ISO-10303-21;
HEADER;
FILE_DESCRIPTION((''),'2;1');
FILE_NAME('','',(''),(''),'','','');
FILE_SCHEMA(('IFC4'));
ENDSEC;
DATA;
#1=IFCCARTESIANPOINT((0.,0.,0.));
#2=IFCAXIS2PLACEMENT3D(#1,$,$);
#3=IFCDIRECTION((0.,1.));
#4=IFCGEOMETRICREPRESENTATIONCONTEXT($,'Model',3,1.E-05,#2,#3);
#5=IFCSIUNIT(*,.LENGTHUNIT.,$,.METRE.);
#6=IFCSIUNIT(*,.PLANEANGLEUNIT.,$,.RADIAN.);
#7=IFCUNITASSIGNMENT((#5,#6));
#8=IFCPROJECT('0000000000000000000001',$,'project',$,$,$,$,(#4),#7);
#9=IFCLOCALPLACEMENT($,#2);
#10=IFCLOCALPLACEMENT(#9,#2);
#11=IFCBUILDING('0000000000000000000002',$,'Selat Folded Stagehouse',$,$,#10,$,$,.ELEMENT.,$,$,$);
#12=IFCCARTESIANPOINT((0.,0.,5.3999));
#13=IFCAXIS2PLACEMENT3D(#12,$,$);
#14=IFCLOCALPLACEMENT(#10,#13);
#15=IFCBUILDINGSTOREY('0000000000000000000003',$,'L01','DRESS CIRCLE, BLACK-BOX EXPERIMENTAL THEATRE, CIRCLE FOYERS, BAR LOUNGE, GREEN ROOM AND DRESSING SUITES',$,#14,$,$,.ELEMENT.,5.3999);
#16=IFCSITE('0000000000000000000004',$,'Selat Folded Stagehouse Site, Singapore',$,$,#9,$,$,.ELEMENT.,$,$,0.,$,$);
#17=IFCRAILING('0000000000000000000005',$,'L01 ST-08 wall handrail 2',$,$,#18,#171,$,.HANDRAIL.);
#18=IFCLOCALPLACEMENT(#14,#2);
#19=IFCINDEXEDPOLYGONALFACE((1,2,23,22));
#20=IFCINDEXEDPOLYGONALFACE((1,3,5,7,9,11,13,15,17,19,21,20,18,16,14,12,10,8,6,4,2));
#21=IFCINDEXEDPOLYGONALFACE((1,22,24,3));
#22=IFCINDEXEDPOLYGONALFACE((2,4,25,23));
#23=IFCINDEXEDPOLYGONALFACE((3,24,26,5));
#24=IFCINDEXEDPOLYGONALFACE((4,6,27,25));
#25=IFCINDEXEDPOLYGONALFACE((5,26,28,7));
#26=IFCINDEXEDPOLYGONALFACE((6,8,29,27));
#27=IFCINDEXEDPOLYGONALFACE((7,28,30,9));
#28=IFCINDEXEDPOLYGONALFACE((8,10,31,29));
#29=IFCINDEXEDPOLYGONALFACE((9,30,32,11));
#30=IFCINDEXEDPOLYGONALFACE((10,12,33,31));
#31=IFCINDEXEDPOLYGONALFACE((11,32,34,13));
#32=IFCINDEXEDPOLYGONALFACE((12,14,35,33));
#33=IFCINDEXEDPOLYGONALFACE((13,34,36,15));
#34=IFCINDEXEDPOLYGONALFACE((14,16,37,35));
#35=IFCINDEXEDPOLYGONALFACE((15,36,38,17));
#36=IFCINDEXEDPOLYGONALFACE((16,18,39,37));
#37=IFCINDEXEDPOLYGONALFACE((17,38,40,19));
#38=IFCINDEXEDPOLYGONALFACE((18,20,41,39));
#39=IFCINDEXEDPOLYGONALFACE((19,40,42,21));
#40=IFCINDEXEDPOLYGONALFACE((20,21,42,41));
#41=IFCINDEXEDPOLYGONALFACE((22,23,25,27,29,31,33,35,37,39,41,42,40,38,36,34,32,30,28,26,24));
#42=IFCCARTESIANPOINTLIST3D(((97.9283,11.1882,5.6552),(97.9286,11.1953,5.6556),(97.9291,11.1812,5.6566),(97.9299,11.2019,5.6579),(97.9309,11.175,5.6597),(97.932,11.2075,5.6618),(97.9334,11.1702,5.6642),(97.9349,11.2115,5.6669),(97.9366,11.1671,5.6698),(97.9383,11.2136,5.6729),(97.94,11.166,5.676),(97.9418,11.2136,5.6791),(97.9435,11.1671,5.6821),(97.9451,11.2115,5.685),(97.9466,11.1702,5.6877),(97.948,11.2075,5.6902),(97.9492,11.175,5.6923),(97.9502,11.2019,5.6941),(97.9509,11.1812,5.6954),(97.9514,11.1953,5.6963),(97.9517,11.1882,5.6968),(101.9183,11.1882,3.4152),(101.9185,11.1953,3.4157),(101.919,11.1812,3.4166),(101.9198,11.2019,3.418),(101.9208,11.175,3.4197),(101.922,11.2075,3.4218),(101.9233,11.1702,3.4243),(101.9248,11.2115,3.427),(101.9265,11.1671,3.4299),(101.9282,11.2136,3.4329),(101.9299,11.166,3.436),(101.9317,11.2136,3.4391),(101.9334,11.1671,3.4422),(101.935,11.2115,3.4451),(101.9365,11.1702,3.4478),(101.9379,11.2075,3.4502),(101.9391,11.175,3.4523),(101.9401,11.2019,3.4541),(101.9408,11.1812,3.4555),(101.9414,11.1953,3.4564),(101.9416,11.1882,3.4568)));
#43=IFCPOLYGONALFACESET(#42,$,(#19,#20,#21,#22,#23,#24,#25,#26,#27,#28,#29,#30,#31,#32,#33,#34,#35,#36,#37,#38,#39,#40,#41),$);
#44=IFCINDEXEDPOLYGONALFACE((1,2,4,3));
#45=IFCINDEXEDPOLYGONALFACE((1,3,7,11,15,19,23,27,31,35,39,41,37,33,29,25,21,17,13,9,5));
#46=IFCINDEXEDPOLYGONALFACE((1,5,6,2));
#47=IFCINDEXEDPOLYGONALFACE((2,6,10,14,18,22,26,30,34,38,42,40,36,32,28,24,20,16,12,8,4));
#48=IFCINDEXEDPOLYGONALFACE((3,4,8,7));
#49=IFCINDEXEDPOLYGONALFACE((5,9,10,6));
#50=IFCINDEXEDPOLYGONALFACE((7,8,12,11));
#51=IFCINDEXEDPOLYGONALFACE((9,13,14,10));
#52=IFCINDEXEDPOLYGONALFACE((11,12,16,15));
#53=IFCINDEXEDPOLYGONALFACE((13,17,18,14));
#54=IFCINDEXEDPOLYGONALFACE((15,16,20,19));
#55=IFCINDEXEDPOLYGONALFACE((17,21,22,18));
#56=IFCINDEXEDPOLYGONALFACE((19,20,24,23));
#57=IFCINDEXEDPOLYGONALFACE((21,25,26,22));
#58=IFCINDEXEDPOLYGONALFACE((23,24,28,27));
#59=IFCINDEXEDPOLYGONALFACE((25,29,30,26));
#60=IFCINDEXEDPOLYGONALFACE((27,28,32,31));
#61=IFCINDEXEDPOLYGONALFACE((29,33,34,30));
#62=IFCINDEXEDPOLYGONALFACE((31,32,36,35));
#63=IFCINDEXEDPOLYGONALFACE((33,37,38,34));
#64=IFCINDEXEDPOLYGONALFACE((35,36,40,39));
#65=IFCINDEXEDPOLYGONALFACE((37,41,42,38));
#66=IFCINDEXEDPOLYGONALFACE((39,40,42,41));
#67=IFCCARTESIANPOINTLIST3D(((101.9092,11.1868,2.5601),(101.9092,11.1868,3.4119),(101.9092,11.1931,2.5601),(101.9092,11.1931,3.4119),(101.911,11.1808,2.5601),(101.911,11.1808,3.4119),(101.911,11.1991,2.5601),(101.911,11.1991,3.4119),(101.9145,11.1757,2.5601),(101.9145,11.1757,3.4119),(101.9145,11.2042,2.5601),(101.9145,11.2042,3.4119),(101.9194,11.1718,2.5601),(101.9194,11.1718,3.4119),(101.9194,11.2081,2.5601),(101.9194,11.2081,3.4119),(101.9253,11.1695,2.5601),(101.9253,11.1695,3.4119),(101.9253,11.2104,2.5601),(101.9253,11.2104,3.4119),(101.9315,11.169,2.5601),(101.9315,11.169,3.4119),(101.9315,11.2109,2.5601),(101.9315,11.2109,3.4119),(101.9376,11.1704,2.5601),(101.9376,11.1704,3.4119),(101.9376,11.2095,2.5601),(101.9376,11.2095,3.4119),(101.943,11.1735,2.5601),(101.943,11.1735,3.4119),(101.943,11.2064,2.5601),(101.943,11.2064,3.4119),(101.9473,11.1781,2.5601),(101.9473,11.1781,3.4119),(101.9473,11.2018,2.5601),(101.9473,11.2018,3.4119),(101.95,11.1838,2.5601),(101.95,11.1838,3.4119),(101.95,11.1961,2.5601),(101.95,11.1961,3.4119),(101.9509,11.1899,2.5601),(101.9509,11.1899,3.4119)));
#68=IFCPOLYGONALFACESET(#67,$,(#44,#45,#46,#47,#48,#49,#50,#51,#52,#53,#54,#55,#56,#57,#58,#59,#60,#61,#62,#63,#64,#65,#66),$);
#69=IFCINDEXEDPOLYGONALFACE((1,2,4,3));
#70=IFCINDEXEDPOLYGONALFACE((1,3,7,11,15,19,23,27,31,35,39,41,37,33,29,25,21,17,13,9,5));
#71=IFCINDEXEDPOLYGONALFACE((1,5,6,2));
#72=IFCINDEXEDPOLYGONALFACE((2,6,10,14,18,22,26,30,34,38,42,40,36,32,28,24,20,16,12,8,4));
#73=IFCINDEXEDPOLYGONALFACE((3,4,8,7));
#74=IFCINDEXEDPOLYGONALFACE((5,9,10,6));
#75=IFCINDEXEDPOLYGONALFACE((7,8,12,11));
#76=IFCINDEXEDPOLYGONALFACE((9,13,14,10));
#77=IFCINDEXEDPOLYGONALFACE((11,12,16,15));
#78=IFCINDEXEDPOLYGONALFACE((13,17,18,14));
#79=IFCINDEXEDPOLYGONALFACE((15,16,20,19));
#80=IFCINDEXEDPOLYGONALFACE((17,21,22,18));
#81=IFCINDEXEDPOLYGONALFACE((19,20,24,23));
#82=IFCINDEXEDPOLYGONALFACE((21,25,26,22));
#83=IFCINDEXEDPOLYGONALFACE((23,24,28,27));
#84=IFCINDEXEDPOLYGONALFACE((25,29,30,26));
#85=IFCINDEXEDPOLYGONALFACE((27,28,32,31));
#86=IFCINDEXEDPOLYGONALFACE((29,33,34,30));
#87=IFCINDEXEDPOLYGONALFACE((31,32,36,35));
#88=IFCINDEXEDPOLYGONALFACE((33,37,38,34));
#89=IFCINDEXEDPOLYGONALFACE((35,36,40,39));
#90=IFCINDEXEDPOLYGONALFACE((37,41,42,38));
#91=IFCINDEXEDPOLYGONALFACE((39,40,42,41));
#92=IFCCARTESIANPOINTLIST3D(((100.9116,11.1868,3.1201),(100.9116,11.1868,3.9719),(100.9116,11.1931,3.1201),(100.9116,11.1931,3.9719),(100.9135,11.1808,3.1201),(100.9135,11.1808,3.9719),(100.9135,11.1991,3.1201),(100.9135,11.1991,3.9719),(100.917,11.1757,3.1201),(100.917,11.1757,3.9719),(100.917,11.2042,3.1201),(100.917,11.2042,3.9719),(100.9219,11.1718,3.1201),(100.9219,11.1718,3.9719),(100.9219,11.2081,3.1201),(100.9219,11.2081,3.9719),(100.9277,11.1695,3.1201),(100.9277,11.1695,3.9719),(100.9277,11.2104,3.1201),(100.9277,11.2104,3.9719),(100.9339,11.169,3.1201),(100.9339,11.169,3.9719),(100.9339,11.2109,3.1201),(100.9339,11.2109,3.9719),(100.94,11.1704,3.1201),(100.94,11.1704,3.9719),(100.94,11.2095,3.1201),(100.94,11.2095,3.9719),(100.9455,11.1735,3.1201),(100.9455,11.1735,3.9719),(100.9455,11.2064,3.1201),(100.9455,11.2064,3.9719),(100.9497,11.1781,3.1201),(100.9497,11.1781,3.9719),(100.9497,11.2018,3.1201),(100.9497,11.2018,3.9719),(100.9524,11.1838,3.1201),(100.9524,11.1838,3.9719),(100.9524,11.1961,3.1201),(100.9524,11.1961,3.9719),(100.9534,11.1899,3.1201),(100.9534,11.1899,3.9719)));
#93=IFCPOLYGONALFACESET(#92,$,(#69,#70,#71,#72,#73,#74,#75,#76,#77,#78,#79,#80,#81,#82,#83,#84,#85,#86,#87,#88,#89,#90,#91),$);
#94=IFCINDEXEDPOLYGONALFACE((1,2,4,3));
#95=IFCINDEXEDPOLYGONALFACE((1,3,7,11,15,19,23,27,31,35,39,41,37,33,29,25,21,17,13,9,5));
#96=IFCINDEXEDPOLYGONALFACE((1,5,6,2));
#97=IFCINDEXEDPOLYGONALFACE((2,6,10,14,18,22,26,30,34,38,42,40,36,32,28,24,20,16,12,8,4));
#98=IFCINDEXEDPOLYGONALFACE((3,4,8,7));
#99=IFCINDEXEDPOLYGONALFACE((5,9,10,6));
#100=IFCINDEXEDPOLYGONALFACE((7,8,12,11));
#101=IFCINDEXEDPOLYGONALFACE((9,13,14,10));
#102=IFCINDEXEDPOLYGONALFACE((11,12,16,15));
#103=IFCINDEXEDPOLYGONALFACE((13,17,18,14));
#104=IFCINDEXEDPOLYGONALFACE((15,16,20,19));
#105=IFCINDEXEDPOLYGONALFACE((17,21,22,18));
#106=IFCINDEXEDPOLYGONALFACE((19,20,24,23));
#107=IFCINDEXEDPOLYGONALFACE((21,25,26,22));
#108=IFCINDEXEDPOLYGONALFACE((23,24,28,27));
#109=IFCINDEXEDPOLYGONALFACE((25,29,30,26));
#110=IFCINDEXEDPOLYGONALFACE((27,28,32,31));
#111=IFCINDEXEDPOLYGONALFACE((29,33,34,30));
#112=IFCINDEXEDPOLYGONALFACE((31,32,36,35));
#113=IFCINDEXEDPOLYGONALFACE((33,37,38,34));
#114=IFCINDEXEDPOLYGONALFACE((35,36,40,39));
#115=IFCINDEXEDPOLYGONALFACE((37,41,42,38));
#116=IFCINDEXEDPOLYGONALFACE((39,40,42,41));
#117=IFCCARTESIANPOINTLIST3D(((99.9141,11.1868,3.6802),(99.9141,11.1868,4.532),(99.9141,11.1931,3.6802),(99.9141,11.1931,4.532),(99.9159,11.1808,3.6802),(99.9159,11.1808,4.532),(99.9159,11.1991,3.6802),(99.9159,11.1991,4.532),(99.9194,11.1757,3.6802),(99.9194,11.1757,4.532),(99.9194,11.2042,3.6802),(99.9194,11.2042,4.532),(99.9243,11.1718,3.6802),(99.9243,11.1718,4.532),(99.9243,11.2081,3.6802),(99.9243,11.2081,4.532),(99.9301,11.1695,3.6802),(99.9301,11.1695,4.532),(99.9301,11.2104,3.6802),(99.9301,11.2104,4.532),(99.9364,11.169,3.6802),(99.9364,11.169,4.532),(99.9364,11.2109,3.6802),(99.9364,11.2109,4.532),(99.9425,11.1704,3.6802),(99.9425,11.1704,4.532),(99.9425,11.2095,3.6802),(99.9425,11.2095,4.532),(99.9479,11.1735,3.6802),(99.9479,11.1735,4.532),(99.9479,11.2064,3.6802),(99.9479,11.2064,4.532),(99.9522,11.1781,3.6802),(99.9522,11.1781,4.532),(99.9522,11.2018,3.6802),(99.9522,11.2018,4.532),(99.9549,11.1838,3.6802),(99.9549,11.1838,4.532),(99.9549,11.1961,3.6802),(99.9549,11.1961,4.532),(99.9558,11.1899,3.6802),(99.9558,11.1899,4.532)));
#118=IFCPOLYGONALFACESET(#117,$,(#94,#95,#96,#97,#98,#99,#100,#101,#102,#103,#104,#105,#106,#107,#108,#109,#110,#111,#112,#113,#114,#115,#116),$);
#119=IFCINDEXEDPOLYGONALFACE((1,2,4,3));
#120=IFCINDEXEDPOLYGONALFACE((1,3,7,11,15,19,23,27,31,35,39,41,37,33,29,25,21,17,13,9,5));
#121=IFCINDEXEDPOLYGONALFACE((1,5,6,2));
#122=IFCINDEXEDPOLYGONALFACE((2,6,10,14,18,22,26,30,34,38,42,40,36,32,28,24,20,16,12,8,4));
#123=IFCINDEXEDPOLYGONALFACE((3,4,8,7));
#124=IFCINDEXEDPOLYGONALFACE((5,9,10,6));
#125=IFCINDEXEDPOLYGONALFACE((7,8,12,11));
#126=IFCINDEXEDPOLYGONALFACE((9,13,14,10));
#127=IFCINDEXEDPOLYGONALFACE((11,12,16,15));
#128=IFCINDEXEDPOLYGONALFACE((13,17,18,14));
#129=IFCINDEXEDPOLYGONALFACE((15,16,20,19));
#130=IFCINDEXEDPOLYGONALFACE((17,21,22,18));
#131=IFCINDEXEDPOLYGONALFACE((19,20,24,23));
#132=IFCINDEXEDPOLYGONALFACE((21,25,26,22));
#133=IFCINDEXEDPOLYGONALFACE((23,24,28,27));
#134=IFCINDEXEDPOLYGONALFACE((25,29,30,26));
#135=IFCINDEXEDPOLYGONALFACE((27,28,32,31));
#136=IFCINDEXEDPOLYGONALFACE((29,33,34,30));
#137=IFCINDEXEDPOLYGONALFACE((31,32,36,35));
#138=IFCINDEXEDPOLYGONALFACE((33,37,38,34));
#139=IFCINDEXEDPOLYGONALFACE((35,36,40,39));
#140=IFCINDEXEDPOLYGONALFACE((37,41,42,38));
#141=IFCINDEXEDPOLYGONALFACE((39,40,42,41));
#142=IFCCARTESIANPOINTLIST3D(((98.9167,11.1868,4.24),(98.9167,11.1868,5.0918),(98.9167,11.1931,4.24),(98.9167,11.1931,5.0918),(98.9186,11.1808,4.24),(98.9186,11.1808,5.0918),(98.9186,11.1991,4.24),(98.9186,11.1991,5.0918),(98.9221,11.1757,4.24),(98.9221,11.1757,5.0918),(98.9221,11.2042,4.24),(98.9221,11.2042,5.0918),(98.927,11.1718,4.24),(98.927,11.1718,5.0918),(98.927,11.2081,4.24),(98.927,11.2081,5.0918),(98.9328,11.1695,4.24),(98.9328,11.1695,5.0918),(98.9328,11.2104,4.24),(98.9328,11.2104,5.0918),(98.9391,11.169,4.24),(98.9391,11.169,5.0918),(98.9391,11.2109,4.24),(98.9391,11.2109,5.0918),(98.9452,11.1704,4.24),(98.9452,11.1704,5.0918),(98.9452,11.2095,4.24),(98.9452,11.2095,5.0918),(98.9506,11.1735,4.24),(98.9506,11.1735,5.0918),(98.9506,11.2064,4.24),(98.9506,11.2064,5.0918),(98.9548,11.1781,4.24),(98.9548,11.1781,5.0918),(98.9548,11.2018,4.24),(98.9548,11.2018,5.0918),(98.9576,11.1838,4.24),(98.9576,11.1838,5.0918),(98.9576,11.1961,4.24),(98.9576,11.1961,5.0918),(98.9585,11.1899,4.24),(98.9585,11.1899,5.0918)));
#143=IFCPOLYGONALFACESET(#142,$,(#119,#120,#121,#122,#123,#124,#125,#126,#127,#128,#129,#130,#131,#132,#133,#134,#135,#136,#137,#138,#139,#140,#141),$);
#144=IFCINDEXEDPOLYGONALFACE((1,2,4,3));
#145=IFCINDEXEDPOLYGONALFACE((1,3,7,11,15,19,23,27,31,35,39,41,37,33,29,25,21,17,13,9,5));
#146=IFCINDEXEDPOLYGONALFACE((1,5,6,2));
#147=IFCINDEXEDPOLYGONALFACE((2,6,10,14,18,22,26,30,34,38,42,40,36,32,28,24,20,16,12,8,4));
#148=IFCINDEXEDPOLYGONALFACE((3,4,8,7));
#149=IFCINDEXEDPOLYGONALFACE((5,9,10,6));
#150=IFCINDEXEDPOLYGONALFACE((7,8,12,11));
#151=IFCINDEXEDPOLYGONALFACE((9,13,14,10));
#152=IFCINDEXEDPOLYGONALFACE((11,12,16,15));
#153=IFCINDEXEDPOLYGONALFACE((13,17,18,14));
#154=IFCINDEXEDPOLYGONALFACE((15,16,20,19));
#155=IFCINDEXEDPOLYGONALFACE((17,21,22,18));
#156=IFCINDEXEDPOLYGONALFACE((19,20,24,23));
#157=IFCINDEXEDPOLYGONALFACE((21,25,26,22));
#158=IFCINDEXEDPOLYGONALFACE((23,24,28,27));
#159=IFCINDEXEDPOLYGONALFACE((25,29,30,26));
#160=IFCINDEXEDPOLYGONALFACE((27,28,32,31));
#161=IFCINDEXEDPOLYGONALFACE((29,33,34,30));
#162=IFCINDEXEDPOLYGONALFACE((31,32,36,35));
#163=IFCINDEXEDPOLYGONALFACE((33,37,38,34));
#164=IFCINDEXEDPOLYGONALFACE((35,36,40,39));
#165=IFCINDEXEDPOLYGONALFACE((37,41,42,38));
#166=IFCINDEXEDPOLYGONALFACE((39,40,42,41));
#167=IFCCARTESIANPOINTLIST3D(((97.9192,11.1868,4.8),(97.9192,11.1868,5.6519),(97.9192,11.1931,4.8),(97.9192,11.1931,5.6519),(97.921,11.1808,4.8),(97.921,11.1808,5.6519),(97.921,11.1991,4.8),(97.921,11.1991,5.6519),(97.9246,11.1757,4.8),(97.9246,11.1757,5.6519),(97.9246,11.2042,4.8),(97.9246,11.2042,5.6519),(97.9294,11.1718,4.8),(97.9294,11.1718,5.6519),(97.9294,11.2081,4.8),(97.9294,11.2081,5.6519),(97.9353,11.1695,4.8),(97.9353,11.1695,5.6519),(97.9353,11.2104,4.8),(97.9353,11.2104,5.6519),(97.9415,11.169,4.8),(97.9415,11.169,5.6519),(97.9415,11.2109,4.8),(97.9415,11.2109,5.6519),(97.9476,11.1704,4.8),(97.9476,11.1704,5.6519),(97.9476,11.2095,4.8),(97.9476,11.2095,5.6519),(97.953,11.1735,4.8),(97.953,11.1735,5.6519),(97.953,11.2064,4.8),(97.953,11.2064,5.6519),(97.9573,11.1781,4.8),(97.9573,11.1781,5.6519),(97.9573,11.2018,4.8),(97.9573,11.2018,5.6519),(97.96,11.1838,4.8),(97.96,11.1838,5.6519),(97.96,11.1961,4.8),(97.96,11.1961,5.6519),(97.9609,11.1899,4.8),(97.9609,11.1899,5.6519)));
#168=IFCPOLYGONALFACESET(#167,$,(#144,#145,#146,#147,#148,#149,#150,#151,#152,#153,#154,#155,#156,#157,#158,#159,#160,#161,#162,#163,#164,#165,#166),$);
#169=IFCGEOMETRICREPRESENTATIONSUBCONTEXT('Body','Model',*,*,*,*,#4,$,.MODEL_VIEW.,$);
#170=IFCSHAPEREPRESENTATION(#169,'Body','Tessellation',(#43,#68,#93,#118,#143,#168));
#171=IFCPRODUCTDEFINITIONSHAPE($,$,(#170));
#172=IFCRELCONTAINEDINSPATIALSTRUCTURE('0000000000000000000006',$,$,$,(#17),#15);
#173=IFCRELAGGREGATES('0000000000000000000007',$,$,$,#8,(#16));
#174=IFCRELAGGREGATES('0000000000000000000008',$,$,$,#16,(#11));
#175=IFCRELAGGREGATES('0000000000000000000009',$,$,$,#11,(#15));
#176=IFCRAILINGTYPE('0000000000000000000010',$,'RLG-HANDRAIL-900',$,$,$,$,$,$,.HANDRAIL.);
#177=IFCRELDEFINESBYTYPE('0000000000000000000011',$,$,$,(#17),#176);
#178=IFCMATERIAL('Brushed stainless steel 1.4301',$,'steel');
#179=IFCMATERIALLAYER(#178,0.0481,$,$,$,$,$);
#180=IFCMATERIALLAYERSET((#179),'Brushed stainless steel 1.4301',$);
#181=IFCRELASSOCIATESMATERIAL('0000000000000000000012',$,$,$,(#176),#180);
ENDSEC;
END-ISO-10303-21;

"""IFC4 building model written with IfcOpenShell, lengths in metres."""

from ifc_helpers import new_model, si_unit, direction, frame, origin, origin_2d, place, context, subcontext, project, spatial, circle, extrude, material, layer, layer_set, type_object, element, save


model = new_model("IFC4")

# Units and contexts
model_context = context("Model", 3, precision=1e-05, world=origin(), true_north=direction((0.0, 1.0)))
body_context = subcontext(model_context, "Body", "Model", "MODEL_VIEW")
ifc_project = project(units=[si_unit("LENGTHUNIT", "METRE"), si_unit("PLANEANGLEUNIT", "RADIAN")], contexts=[model_context])

# Site, building, storey
site_placement = place(None, origin())
site = spatial("IfcSite", under=ifc_project, at=site_placement, Name="Selat Folded Stagehouse Site, Singapore", CompositionType="ELEMENT", RefElevation=0.0)
building_placement = place(site_placement, origin())
building = spatial("IfcBuilding", under=site, at=building_placement, Name="Selat Folded Stagehouse", CompositionType="ELEMENT")
storey_placement = place(building_placement, frame((0.0, 0.0, 5.3999)))
storey = spatial("IfcBuildingStorey", under=building, at=storey_placement, Name="L01", Description="DRESS CIRCLE, BLACK-BOX EXPERIMENTAL THEATRE, CIRCLE FOYERS, BAR LOUNGE, GREEN ROOM AND DRESSING SUITES", CompositionType="ELEMENT", Elevation=5.3999)

# Railing
ifc_material_1 = material(Name="Brushed stainless steel 1.4301", Category="steel")
ifc_layer_1 = layer(ifc_material_1, 0.0481)
ifc_layer_set_1 = layer_set([ifc_layer_1], Name="Brushed stainless steel 1.4301")
railing_type_1 = type_object("IfcRailingType", Name="RLG-HANDRAIL-900", PredefinedType="HANDRAIL", material=ifc_layer_set_1)
railing_1_placement = place(storey_placement, frame((101.9299, 11.1899, 2.5601)))
element("IfcRailing", 1, at=railing_1_placement, inside=storey, type_object=railing_type_1, Name="L01 ST-08 wall handrail 2", PredefinedType="HANDRAIL", context=body_context, shape_type="SweptSolid", body=[
    extrude(circle(Radius=0.0239, at=origin_2d()), frame((0.0, 0.0, 0.876), z_axis=(-0.871984, 0.0, 0.489534), x_axis=(0.0, -1.0, 0.0)), (0.0, 0.0, 1.0), 4.5757),
    extrude(circle(Radius=0.021, at=origin_2d()), origin(), (0.0, 0.0, 1.0), 0.8518),
    extrude(circle(Radius=0.021, at=origin_2d()), frame((-0.9976, 0.0, 0.5601)), (0.0, 0.0, 1.0), 0.8518),
    extrude(circle(Radius=0.021, at=origin_2d()), frame((-1.9951, 0.0, 1.1201)), (0.0, 0.0, 1.0), 0.8518),
    extrude(circle(Radius=0.021, at=origin_2d()), frame((-2.9924, 0.0, 1.6799)), (0.0, 0.0, 1.0), 0.8518),
    extrude(circle(Radius=0.021, at=origin_2d()), frame((-3.99, 0.0, 2.24)), (0.0, 0.0, 1.0), 0.8518),
])

save(model, "model.ifc")
